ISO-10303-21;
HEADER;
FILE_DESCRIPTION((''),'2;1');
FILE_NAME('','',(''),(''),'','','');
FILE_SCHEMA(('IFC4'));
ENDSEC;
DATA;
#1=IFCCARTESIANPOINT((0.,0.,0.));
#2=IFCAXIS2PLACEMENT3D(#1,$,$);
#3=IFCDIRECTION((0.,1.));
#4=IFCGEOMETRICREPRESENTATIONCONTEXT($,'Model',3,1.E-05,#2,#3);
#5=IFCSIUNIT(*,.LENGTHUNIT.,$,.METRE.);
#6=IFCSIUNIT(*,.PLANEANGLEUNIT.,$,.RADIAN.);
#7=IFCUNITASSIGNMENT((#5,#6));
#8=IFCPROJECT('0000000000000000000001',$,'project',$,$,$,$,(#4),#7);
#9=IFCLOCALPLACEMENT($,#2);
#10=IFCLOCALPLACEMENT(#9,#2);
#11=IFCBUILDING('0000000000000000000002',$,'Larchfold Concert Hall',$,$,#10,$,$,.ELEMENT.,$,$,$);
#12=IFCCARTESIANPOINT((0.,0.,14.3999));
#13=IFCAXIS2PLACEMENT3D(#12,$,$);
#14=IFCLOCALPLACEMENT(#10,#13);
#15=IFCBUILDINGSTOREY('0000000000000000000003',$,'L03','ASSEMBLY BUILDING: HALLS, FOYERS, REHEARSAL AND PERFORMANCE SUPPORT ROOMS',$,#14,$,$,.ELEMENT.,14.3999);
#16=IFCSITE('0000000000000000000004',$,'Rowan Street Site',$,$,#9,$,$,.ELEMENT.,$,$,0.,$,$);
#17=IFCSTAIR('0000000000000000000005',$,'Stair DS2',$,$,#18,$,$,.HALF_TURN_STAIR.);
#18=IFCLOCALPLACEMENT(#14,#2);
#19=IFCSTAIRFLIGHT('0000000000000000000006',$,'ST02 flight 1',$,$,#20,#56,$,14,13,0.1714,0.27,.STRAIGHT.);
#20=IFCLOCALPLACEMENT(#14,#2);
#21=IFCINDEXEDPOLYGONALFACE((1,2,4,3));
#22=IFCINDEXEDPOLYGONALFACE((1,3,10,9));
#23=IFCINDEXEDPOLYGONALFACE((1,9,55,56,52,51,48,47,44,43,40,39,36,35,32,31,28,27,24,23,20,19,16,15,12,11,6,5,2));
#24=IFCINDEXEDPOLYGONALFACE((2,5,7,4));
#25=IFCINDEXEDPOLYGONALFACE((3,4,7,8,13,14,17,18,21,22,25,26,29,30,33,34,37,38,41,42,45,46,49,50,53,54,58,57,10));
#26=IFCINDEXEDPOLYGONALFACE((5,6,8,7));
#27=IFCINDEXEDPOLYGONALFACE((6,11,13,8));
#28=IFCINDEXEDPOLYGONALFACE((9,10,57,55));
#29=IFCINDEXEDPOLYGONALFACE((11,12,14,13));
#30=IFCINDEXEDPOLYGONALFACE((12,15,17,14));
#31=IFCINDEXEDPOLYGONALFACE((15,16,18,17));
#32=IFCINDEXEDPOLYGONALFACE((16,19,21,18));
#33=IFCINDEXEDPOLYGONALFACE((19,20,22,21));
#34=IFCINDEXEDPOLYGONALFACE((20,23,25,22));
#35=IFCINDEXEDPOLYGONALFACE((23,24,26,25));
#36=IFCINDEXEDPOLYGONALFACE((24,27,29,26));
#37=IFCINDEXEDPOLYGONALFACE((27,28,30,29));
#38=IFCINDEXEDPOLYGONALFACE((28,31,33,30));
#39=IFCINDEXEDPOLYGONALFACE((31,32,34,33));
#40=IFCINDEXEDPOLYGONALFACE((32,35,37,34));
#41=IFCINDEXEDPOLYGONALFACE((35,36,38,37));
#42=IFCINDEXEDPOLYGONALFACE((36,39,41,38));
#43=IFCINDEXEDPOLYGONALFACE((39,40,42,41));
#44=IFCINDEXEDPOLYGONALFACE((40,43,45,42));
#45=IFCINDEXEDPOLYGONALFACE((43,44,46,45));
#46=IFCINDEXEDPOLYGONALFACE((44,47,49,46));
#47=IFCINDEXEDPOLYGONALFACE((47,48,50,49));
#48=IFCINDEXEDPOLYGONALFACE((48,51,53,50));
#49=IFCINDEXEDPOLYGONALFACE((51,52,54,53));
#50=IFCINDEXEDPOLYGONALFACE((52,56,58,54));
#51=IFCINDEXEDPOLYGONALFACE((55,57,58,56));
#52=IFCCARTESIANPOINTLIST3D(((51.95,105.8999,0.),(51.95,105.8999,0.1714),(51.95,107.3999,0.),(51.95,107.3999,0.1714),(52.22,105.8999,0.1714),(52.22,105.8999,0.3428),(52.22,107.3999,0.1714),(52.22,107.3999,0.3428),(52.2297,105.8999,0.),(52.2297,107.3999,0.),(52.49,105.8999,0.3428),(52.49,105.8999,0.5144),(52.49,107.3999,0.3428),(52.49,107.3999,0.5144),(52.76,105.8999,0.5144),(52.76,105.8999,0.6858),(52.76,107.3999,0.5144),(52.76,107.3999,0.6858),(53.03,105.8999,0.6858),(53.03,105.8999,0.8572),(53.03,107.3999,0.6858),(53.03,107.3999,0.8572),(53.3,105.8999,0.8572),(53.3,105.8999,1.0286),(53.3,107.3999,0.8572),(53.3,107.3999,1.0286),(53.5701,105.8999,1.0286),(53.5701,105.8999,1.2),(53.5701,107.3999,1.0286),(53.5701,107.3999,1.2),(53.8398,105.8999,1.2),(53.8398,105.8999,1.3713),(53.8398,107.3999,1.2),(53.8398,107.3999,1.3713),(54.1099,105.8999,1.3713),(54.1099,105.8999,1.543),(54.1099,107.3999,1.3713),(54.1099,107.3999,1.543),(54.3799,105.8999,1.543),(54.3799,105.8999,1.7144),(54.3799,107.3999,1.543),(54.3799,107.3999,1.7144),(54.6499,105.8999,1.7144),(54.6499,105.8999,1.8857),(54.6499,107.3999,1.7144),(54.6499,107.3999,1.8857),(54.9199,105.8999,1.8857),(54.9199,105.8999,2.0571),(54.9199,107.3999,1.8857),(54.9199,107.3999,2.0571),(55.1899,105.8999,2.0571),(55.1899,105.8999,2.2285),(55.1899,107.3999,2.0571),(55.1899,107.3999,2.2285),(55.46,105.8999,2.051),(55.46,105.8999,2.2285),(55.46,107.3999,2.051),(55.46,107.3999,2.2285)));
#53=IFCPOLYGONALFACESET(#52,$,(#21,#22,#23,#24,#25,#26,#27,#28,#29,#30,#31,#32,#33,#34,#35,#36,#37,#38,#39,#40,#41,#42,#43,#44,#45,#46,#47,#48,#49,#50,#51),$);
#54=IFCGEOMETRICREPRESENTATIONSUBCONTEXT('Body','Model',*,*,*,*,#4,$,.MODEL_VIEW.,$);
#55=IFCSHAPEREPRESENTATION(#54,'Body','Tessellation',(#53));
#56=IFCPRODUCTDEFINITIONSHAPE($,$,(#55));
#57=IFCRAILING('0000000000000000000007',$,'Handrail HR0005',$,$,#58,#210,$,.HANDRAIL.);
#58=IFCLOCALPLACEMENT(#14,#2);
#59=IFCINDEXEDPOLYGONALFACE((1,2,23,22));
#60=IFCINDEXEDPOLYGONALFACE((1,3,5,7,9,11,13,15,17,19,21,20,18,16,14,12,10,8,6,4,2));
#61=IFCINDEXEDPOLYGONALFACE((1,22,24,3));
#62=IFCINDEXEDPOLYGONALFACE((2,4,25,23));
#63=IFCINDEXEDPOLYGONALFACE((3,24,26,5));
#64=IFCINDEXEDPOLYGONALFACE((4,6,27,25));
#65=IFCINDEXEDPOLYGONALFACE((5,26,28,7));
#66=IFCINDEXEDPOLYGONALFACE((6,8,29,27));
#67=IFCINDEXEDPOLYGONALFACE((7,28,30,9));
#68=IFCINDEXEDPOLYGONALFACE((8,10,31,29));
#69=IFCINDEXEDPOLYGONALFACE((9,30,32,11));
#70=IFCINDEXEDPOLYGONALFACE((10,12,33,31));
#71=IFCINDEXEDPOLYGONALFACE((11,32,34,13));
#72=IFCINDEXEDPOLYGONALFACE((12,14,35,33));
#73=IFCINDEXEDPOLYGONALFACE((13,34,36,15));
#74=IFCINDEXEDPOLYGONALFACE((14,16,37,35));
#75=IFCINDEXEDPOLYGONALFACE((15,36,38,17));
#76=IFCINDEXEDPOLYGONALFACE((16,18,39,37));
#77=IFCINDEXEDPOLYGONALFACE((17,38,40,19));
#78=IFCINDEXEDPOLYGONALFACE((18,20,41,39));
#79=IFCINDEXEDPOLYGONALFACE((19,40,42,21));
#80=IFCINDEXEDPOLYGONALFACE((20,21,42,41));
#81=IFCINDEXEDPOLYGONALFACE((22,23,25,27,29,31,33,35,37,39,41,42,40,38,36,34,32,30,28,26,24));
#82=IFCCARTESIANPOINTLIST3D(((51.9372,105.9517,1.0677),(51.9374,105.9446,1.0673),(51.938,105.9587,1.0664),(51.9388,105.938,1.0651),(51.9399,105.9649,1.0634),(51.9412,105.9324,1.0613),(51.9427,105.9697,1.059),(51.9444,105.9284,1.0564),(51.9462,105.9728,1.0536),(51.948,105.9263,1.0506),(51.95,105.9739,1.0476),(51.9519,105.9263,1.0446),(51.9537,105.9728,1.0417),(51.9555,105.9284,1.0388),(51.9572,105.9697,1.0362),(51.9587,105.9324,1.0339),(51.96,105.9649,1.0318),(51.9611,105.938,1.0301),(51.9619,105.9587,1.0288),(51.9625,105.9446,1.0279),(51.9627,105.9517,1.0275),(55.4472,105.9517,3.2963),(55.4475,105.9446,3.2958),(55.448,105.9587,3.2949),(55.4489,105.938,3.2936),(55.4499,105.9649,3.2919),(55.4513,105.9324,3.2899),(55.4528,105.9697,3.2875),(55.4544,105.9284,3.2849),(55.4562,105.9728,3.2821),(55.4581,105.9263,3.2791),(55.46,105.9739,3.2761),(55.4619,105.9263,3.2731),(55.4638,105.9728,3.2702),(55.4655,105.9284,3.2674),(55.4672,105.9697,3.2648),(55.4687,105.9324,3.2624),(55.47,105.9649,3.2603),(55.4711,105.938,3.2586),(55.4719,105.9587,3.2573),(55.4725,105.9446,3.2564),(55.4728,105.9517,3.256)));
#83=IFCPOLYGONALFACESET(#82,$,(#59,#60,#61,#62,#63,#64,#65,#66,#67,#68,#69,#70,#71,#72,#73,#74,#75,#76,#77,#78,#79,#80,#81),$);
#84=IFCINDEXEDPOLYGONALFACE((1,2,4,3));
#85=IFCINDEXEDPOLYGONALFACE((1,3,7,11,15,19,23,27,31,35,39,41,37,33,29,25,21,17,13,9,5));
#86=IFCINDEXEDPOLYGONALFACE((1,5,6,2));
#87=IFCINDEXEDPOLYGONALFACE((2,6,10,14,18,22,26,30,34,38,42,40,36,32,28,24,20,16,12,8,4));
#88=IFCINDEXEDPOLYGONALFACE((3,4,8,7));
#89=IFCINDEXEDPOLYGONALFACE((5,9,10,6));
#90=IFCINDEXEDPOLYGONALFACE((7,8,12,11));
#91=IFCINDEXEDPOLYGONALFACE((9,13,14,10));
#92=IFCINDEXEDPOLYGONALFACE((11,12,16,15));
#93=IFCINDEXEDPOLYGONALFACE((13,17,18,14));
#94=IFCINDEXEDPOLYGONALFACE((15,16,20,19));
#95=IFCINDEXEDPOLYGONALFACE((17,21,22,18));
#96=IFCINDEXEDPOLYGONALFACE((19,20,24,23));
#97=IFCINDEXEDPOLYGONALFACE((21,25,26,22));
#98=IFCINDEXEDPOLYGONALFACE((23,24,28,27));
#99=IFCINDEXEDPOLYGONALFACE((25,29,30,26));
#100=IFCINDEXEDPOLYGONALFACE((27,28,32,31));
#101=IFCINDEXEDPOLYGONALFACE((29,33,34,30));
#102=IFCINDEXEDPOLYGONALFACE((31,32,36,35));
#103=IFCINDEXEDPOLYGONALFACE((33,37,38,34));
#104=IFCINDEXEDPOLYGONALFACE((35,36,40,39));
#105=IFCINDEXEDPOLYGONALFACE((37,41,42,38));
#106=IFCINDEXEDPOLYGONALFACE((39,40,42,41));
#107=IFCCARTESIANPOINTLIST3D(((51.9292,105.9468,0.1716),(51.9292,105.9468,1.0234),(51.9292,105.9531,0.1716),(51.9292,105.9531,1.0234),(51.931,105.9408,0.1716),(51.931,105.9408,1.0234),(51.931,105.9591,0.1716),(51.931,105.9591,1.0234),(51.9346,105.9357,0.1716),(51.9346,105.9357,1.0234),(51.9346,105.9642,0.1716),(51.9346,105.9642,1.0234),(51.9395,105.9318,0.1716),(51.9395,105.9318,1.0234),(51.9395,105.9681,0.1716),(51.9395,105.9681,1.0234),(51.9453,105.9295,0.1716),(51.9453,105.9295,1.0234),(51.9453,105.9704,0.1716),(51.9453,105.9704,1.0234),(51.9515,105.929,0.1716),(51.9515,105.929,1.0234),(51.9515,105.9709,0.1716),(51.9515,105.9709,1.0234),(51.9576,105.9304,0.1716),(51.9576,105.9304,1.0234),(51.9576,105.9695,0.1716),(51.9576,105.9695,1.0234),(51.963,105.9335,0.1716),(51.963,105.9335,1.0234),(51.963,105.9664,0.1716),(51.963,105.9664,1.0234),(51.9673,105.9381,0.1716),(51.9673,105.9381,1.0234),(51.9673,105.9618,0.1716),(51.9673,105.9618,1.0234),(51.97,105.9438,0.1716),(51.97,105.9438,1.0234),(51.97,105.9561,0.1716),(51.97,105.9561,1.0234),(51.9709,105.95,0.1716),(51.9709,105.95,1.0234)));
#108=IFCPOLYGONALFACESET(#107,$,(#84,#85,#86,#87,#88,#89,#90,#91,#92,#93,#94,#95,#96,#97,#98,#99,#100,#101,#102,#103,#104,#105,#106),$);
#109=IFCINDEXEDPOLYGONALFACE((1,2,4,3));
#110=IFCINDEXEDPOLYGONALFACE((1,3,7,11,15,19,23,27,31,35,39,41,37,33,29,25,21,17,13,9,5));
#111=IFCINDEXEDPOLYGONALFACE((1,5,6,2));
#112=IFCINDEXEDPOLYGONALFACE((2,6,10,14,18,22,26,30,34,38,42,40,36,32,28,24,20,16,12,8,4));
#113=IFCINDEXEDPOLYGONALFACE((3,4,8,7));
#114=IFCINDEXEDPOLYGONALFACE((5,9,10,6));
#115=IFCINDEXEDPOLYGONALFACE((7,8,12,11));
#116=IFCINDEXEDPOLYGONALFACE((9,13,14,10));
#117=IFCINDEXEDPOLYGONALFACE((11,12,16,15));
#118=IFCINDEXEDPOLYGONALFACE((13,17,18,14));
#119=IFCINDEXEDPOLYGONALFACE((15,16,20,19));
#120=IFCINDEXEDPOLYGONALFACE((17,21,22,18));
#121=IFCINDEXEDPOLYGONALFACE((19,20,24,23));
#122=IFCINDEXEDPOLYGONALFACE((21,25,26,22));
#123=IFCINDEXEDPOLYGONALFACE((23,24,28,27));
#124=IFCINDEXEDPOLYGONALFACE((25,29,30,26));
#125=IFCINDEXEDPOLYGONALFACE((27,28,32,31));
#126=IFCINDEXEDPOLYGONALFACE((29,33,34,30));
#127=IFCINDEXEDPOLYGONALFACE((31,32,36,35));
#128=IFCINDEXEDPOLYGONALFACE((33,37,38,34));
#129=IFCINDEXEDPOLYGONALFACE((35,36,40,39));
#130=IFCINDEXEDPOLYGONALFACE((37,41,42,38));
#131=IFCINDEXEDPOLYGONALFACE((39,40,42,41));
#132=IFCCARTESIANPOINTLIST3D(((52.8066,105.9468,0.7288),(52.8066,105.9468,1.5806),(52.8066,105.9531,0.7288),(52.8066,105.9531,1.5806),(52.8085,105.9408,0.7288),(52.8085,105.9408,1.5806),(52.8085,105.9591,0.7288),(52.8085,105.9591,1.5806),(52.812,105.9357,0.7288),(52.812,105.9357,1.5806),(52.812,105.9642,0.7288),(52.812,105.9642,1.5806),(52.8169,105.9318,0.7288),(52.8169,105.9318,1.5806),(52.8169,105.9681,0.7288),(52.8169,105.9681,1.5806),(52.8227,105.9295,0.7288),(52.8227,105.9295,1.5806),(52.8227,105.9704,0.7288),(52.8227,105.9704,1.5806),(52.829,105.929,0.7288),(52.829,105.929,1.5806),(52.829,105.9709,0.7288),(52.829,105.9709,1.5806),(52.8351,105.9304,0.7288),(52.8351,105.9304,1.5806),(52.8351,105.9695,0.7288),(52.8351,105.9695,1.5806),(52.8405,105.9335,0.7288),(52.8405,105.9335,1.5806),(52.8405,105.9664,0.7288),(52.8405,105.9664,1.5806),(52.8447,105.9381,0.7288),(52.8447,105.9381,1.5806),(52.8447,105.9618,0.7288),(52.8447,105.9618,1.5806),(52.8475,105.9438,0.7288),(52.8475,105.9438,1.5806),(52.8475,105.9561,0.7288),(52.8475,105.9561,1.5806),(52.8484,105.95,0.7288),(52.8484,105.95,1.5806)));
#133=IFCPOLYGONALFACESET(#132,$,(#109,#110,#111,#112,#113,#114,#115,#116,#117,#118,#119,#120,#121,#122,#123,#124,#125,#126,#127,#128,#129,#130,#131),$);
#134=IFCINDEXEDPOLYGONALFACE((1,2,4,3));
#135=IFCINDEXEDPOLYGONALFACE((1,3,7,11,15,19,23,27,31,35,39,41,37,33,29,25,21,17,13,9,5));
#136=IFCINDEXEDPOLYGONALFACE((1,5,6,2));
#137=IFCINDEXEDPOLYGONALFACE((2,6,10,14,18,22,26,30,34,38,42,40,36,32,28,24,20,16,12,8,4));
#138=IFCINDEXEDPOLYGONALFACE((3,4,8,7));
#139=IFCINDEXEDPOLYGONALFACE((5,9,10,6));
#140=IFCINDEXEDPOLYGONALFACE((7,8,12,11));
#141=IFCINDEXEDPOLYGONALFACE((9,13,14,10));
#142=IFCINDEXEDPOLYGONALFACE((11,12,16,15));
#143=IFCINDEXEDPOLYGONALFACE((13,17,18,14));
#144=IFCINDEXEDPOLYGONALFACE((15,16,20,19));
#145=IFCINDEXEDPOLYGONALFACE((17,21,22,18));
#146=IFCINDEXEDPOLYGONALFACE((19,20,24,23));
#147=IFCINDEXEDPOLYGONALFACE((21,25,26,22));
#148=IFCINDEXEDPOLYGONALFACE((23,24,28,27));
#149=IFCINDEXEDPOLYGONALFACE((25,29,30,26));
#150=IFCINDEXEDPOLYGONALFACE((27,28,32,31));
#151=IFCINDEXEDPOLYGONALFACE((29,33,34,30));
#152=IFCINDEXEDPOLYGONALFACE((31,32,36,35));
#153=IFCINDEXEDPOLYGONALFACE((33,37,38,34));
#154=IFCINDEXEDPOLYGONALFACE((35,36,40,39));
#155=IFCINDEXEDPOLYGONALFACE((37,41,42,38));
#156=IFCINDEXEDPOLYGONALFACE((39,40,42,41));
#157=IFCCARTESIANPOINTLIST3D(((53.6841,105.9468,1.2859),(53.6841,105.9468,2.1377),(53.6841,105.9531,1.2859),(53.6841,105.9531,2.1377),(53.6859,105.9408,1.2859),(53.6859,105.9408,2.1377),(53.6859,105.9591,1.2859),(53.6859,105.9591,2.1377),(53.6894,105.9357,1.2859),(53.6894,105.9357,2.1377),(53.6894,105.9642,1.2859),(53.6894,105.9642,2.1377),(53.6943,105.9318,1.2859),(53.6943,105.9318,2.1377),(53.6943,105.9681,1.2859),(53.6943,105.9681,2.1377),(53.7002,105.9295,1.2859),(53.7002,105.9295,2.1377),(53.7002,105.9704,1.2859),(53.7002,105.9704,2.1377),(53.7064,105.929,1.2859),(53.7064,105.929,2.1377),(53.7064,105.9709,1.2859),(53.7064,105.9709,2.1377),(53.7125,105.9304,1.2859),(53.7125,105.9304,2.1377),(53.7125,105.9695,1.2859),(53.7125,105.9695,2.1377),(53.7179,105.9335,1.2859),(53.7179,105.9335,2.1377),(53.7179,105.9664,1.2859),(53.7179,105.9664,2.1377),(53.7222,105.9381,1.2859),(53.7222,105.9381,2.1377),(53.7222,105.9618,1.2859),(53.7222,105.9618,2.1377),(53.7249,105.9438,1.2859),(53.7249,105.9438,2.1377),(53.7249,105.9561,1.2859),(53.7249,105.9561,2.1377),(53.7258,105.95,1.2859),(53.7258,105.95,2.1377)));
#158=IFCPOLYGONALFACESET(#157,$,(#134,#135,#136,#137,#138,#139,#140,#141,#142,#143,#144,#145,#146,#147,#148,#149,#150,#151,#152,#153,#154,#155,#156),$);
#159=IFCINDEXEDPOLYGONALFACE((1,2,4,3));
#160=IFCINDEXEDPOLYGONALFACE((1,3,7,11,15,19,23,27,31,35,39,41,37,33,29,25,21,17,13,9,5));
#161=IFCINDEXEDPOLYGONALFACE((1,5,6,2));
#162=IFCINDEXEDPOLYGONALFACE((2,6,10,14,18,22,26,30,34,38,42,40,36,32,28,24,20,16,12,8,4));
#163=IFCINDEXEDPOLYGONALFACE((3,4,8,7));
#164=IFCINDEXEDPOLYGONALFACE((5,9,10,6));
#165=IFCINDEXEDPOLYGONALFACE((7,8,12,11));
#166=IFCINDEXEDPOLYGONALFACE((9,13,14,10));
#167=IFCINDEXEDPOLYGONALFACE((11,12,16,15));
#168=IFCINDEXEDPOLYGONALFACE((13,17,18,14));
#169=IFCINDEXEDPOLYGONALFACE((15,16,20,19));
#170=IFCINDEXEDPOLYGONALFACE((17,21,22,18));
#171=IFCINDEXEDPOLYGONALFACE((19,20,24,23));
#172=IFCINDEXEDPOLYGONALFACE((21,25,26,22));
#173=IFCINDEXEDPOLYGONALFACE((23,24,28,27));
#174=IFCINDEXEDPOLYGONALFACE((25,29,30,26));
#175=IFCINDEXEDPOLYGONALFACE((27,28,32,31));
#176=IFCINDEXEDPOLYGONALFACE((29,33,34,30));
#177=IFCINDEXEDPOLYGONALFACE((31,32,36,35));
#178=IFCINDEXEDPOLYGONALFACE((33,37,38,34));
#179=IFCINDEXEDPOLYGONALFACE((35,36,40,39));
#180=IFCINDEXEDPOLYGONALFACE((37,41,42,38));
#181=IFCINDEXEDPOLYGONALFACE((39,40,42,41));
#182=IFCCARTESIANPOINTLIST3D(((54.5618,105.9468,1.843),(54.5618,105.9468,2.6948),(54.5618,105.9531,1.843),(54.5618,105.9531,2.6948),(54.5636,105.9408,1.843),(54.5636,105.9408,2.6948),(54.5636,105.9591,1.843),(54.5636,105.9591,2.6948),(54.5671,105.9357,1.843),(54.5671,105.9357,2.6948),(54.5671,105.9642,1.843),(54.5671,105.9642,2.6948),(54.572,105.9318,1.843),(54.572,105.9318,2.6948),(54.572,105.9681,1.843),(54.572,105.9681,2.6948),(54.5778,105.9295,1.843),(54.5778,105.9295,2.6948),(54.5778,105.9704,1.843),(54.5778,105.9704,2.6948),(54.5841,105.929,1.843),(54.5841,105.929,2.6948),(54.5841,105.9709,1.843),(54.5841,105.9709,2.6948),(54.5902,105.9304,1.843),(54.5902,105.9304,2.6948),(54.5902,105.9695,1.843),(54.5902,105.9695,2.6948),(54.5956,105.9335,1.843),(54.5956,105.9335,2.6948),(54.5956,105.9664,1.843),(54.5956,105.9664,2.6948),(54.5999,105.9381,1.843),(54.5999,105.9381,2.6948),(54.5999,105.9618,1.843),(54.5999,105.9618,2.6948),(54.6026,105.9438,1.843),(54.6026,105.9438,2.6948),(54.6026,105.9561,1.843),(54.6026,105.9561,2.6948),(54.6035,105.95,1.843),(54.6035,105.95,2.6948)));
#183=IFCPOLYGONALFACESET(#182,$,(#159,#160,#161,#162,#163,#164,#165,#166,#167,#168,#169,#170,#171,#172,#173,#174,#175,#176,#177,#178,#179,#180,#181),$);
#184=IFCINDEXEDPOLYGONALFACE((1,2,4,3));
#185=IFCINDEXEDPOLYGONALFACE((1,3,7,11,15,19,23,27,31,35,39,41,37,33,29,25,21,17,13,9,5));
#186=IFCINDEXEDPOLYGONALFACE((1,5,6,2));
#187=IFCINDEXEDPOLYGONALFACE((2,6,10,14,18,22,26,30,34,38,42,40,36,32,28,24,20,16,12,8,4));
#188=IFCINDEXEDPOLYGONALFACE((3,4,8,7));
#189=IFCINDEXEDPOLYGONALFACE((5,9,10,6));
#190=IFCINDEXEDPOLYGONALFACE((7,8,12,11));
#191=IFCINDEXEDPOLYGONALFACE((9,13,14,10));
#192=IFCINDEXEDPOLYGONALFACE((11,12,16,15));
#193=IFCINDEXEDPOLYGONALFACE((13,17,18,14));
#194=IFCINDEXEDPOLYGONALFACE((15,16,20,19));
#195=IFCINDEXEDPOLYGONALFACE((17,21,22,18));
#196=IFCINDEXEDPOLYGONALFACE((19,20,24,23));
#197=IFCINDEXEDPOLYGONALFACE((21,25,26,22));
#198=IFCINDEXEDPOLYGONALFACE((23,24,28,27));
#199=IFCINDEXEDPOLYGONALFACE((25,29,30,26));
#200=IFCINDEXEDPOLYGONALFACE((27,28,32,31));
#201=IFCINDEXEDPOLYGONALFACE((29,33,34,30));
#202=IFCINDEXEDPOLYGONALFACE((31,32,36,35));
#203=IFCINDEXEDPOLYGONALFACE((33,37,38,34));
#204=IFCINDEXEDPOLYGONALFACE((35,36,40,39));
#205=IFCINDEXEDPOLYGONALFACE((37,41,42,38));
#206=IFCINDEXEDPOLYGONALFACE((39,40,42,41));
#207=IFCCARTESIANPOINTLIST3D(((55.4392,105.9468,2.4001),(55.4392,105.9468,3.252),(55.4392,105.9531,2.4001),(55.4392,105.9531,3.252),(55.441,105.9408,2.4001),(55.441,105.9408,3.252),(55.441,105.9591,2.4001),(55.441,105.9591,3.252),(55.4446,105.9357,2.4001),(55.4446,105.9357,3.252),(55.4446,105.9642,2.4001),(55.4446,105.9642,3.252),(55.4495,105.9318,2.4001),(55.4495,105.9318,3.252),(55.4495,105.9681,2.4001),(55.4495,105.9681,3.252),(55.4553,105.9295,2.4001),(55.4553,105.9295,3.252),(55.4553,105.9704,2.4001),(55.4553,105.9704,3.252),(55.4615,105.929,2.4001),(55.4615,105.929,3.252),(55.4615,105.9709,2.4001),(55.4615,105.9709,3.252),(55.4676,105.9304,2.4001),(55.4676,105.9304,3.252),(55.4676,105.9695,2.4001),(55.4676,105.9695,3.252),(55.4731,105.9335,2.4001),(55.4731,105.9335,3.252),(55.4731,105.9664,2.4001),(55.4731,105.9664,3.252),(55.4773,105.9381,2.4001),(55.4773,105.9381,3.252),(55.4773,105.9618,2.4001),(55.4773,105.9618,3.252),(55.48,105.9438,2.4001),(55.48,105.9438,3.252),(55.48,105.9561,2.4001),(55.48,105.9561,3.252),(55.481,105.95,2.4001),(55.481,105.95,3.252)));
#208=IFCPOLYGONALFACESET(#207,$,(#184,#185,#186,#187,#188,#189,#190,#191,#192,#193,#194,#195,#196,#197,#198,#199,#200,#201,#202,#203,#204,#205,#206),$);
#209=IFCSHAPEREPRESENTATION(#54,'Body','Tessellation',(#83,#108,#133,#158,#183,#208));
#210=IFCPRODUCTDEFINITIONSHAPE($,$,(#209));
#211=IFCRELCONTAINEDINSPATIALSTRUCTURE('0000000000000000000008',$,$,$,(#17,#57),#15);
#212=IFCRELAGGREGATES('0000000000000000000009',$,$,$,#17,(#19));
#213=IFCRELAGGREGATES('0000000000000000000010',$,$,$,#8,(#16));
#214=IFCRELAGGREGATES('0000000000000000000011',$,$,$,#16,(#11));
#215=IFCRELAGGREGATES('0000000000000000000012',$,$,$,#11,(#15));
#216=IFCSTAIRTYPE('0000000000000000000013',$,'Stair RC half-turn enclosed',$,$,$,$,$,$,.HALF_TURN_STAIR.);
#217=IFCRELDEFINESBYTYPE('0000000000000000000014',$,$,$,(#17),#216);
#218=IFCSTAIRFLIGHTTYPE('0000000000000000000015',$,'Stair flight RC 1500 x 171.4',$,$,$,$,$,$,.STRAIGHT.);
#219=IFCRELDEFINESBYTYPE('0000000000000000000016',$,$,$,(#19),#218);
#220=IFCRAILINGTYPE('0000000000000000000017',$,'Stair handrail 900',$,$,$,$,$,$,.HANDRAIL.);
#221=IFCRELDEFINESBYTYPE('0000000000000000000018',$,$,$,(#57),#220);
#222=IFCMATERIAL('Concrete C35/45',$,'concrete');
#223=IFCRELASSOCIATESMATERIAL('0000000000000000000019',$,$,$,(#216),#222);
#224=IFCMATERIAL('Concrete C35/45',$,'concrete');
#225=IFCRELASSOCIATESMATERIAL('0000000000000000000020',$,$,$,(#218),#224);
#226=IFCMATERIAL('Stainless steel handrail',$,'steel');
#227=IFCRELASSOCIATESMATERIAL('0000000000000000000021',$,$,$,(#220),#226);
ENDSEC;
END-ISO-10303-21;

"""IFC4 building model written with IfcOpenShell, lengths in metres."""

from ifc_helpers import new_model, si_unit, direction, frame, origin, origin_2d, place, context, subcontext, project, spatial, polyline, circle, outline, extrude, material, type_object, element, aggregate, save


model = new_model("IFC4")

# Units and contexts
model_context = context("Model", 3, precision=1e-05, world=origin(), true_north=direction((0.0, 1.0)))
body_context = subcontext(model_context, "Body", "Model", "MODEL_VIEW")
ifc_project = project(units=[si_unit("LENGTHUNIT", "METRE"), si_unit("PLANEANGLEUNIT", "RADIAN")], contexts=[model_context])

# Site, building, storey
site_placement = place(None, origin())
site = spatial("IfcSite", under=ifc_project, at=site_placement, Name="Rowan Street Site", CompositionType="ELEMENT", RefElevation=0.0)
building_placement = place(site_placement, origin())
building = spatial("IfcBuilding", under=site, at=building_placement, Name="Larchfold Concert Hall", CompositionType="ELEMENT")
storey_placement = place(building_placement, frame((0.0, 0.0, 14.3999)))
storey = spatial("IfcBuildingStorey", under=building, at=storey_placement, Name="L03", Description="ASSEMBLY BUILDING: HALLS, FOYERS, REHEARSAL AND PERFORMANCE SUPPORT ROOMS", CompositionType="ELEMENT", Elevation=14.3999)

# Stair, stair flight
ifc_material_1 = material(Name="Concrete C35/45", Category="concrete")
stair_type = type_object("IfcStairType", Name="Stair RC half-turn enclosed", PredefinedType="HALF_TURN_STAIR", material=ifc_material_1)
stair_placement = place(storey_placement, origin())
stair = element("IfcStair", 1, at=stair_placement, inside=storey, type_object=stair_type, Name="Stair DS2", PredefinedType="HALF_TURN_STAIR")
ifc_material_2 = material(Name="Concrete C35/45", Category="concrete")
stair_flight_type = type_object("IfcStairFlightType", Name="Stair flight RC 1500 x 171.4", PredefinedType="STRAIGHT", material=ifc_material_2)
stair_flight_placement = place(storey_placement, frame((51.95, 106.6499, 0.0), z_axis=(0.0, 0.0, 1.0), x_axis=(1.0, 0.0, 0.0)))
stair_flight = element("IfcStairFlight", 2, at=stair_flight_placement, type_object=stair_flight_type, Name="ST02 flight 1", NumberOfRisers=14, NumberOfTreads=13, PredefinedType="STRAIGHT", RiserHeight=0.1714, TreadLength=0.27, context=body_context, shape_type="SweptSolid", body=[
    extrude(outline(polyline([(0.0, 0.0), (0.0, 0.1714), (0.27, 0.1714), (0.27, 0.3428), (0.54, 0.3428), (0.54, 0.5144), (0.8101, 0.5144), (0.8101, 0.6858), (1.0801, 0.6858), (1.0801, 0.8572), (1.3501, 0.8572), (1.3501, 1.0286), (1.6201, 1.0286), (1.6201, 1.2), (1.8899, 1.2), (1.8899, 1.3713), (2.1599, 1.3713), (2.1599, 1.543), (2.4299, 1.543), (2.4299, 1.7144), (2.7, 1.7144), (2.7, 1.8857), (2.97, 1.8857), (2.97, 2.0571), (3.24, 2.0571), (3.24, 2.2285), (3.51, 2.2285), (3.51, 2.3999), (3.51, 2.051), (0.2798, 0.0), (0.0, 0.0)])), frame((0.0, 0.75, 0.0), z_axis=(0.0, -1.0, 0.0), x_axis=(1.0, 0.0, 0.0)), (0.0, 0.0, 1.0), 1.5),
])
aggregate(stair, [stair_flight])

# Railing
ifc_material_3 = material(Name="Stainless steel handrail", Category="steel")
railing_type = type_object("IfcRailingType", Name="Stair handrail 900", PredefinedType="HANDRAIL", material=ifc_material_3)
railing_placement = place(storey_placement, frame((51.95, 105.95, 0.1716)))
element("IfcRailing", 3, at=railing_placement, inside=storey, type_object=railing_type, Name="Handrail HR0005", PredefinedType="HANDRAIL", context=body_context, shape_type="SweptSolid", body=[
    extrude(circle(Radius=0.0239, at=origin_2d()), frame((0.0, 0.0, 0.876), z_axis=(0.84422, 0.0, 0.535998), x_axis=(0.0, 1.0, 0.0)), (0.0, 0.0, 1.0), 4.1577),
    extrude(circle(Radius=0.021, at=origin_2d()), origin(), (0.0, 0.0, 1.0), 0.8518),
    extrude(circle(Radius=0.021, at=origin_2d()), frame((0.8774, 0.0, 0.5571)), (0.0, 0.0, 1.0), 0.8518),
    extrude(circle(Radius=0.021, at=origin_2d()), frame((1.7549, 0.0, 1.1143)), (0.0, 0.0, 1.0), 0.8518),
    extrude(circle(Radius=0.021, at=origin_2d()), frame((2.6326, 0.0, 1.6714)), (0.0, 0.0, 1.0), 0.8518),
    extrude(circle(Radius=0.021, at=origin_2d()), frame((3.51, 0.0, 2.2285)), (0.0, 0.0, 1.0), 0.8518),
])

save(model, "model.ifc")
